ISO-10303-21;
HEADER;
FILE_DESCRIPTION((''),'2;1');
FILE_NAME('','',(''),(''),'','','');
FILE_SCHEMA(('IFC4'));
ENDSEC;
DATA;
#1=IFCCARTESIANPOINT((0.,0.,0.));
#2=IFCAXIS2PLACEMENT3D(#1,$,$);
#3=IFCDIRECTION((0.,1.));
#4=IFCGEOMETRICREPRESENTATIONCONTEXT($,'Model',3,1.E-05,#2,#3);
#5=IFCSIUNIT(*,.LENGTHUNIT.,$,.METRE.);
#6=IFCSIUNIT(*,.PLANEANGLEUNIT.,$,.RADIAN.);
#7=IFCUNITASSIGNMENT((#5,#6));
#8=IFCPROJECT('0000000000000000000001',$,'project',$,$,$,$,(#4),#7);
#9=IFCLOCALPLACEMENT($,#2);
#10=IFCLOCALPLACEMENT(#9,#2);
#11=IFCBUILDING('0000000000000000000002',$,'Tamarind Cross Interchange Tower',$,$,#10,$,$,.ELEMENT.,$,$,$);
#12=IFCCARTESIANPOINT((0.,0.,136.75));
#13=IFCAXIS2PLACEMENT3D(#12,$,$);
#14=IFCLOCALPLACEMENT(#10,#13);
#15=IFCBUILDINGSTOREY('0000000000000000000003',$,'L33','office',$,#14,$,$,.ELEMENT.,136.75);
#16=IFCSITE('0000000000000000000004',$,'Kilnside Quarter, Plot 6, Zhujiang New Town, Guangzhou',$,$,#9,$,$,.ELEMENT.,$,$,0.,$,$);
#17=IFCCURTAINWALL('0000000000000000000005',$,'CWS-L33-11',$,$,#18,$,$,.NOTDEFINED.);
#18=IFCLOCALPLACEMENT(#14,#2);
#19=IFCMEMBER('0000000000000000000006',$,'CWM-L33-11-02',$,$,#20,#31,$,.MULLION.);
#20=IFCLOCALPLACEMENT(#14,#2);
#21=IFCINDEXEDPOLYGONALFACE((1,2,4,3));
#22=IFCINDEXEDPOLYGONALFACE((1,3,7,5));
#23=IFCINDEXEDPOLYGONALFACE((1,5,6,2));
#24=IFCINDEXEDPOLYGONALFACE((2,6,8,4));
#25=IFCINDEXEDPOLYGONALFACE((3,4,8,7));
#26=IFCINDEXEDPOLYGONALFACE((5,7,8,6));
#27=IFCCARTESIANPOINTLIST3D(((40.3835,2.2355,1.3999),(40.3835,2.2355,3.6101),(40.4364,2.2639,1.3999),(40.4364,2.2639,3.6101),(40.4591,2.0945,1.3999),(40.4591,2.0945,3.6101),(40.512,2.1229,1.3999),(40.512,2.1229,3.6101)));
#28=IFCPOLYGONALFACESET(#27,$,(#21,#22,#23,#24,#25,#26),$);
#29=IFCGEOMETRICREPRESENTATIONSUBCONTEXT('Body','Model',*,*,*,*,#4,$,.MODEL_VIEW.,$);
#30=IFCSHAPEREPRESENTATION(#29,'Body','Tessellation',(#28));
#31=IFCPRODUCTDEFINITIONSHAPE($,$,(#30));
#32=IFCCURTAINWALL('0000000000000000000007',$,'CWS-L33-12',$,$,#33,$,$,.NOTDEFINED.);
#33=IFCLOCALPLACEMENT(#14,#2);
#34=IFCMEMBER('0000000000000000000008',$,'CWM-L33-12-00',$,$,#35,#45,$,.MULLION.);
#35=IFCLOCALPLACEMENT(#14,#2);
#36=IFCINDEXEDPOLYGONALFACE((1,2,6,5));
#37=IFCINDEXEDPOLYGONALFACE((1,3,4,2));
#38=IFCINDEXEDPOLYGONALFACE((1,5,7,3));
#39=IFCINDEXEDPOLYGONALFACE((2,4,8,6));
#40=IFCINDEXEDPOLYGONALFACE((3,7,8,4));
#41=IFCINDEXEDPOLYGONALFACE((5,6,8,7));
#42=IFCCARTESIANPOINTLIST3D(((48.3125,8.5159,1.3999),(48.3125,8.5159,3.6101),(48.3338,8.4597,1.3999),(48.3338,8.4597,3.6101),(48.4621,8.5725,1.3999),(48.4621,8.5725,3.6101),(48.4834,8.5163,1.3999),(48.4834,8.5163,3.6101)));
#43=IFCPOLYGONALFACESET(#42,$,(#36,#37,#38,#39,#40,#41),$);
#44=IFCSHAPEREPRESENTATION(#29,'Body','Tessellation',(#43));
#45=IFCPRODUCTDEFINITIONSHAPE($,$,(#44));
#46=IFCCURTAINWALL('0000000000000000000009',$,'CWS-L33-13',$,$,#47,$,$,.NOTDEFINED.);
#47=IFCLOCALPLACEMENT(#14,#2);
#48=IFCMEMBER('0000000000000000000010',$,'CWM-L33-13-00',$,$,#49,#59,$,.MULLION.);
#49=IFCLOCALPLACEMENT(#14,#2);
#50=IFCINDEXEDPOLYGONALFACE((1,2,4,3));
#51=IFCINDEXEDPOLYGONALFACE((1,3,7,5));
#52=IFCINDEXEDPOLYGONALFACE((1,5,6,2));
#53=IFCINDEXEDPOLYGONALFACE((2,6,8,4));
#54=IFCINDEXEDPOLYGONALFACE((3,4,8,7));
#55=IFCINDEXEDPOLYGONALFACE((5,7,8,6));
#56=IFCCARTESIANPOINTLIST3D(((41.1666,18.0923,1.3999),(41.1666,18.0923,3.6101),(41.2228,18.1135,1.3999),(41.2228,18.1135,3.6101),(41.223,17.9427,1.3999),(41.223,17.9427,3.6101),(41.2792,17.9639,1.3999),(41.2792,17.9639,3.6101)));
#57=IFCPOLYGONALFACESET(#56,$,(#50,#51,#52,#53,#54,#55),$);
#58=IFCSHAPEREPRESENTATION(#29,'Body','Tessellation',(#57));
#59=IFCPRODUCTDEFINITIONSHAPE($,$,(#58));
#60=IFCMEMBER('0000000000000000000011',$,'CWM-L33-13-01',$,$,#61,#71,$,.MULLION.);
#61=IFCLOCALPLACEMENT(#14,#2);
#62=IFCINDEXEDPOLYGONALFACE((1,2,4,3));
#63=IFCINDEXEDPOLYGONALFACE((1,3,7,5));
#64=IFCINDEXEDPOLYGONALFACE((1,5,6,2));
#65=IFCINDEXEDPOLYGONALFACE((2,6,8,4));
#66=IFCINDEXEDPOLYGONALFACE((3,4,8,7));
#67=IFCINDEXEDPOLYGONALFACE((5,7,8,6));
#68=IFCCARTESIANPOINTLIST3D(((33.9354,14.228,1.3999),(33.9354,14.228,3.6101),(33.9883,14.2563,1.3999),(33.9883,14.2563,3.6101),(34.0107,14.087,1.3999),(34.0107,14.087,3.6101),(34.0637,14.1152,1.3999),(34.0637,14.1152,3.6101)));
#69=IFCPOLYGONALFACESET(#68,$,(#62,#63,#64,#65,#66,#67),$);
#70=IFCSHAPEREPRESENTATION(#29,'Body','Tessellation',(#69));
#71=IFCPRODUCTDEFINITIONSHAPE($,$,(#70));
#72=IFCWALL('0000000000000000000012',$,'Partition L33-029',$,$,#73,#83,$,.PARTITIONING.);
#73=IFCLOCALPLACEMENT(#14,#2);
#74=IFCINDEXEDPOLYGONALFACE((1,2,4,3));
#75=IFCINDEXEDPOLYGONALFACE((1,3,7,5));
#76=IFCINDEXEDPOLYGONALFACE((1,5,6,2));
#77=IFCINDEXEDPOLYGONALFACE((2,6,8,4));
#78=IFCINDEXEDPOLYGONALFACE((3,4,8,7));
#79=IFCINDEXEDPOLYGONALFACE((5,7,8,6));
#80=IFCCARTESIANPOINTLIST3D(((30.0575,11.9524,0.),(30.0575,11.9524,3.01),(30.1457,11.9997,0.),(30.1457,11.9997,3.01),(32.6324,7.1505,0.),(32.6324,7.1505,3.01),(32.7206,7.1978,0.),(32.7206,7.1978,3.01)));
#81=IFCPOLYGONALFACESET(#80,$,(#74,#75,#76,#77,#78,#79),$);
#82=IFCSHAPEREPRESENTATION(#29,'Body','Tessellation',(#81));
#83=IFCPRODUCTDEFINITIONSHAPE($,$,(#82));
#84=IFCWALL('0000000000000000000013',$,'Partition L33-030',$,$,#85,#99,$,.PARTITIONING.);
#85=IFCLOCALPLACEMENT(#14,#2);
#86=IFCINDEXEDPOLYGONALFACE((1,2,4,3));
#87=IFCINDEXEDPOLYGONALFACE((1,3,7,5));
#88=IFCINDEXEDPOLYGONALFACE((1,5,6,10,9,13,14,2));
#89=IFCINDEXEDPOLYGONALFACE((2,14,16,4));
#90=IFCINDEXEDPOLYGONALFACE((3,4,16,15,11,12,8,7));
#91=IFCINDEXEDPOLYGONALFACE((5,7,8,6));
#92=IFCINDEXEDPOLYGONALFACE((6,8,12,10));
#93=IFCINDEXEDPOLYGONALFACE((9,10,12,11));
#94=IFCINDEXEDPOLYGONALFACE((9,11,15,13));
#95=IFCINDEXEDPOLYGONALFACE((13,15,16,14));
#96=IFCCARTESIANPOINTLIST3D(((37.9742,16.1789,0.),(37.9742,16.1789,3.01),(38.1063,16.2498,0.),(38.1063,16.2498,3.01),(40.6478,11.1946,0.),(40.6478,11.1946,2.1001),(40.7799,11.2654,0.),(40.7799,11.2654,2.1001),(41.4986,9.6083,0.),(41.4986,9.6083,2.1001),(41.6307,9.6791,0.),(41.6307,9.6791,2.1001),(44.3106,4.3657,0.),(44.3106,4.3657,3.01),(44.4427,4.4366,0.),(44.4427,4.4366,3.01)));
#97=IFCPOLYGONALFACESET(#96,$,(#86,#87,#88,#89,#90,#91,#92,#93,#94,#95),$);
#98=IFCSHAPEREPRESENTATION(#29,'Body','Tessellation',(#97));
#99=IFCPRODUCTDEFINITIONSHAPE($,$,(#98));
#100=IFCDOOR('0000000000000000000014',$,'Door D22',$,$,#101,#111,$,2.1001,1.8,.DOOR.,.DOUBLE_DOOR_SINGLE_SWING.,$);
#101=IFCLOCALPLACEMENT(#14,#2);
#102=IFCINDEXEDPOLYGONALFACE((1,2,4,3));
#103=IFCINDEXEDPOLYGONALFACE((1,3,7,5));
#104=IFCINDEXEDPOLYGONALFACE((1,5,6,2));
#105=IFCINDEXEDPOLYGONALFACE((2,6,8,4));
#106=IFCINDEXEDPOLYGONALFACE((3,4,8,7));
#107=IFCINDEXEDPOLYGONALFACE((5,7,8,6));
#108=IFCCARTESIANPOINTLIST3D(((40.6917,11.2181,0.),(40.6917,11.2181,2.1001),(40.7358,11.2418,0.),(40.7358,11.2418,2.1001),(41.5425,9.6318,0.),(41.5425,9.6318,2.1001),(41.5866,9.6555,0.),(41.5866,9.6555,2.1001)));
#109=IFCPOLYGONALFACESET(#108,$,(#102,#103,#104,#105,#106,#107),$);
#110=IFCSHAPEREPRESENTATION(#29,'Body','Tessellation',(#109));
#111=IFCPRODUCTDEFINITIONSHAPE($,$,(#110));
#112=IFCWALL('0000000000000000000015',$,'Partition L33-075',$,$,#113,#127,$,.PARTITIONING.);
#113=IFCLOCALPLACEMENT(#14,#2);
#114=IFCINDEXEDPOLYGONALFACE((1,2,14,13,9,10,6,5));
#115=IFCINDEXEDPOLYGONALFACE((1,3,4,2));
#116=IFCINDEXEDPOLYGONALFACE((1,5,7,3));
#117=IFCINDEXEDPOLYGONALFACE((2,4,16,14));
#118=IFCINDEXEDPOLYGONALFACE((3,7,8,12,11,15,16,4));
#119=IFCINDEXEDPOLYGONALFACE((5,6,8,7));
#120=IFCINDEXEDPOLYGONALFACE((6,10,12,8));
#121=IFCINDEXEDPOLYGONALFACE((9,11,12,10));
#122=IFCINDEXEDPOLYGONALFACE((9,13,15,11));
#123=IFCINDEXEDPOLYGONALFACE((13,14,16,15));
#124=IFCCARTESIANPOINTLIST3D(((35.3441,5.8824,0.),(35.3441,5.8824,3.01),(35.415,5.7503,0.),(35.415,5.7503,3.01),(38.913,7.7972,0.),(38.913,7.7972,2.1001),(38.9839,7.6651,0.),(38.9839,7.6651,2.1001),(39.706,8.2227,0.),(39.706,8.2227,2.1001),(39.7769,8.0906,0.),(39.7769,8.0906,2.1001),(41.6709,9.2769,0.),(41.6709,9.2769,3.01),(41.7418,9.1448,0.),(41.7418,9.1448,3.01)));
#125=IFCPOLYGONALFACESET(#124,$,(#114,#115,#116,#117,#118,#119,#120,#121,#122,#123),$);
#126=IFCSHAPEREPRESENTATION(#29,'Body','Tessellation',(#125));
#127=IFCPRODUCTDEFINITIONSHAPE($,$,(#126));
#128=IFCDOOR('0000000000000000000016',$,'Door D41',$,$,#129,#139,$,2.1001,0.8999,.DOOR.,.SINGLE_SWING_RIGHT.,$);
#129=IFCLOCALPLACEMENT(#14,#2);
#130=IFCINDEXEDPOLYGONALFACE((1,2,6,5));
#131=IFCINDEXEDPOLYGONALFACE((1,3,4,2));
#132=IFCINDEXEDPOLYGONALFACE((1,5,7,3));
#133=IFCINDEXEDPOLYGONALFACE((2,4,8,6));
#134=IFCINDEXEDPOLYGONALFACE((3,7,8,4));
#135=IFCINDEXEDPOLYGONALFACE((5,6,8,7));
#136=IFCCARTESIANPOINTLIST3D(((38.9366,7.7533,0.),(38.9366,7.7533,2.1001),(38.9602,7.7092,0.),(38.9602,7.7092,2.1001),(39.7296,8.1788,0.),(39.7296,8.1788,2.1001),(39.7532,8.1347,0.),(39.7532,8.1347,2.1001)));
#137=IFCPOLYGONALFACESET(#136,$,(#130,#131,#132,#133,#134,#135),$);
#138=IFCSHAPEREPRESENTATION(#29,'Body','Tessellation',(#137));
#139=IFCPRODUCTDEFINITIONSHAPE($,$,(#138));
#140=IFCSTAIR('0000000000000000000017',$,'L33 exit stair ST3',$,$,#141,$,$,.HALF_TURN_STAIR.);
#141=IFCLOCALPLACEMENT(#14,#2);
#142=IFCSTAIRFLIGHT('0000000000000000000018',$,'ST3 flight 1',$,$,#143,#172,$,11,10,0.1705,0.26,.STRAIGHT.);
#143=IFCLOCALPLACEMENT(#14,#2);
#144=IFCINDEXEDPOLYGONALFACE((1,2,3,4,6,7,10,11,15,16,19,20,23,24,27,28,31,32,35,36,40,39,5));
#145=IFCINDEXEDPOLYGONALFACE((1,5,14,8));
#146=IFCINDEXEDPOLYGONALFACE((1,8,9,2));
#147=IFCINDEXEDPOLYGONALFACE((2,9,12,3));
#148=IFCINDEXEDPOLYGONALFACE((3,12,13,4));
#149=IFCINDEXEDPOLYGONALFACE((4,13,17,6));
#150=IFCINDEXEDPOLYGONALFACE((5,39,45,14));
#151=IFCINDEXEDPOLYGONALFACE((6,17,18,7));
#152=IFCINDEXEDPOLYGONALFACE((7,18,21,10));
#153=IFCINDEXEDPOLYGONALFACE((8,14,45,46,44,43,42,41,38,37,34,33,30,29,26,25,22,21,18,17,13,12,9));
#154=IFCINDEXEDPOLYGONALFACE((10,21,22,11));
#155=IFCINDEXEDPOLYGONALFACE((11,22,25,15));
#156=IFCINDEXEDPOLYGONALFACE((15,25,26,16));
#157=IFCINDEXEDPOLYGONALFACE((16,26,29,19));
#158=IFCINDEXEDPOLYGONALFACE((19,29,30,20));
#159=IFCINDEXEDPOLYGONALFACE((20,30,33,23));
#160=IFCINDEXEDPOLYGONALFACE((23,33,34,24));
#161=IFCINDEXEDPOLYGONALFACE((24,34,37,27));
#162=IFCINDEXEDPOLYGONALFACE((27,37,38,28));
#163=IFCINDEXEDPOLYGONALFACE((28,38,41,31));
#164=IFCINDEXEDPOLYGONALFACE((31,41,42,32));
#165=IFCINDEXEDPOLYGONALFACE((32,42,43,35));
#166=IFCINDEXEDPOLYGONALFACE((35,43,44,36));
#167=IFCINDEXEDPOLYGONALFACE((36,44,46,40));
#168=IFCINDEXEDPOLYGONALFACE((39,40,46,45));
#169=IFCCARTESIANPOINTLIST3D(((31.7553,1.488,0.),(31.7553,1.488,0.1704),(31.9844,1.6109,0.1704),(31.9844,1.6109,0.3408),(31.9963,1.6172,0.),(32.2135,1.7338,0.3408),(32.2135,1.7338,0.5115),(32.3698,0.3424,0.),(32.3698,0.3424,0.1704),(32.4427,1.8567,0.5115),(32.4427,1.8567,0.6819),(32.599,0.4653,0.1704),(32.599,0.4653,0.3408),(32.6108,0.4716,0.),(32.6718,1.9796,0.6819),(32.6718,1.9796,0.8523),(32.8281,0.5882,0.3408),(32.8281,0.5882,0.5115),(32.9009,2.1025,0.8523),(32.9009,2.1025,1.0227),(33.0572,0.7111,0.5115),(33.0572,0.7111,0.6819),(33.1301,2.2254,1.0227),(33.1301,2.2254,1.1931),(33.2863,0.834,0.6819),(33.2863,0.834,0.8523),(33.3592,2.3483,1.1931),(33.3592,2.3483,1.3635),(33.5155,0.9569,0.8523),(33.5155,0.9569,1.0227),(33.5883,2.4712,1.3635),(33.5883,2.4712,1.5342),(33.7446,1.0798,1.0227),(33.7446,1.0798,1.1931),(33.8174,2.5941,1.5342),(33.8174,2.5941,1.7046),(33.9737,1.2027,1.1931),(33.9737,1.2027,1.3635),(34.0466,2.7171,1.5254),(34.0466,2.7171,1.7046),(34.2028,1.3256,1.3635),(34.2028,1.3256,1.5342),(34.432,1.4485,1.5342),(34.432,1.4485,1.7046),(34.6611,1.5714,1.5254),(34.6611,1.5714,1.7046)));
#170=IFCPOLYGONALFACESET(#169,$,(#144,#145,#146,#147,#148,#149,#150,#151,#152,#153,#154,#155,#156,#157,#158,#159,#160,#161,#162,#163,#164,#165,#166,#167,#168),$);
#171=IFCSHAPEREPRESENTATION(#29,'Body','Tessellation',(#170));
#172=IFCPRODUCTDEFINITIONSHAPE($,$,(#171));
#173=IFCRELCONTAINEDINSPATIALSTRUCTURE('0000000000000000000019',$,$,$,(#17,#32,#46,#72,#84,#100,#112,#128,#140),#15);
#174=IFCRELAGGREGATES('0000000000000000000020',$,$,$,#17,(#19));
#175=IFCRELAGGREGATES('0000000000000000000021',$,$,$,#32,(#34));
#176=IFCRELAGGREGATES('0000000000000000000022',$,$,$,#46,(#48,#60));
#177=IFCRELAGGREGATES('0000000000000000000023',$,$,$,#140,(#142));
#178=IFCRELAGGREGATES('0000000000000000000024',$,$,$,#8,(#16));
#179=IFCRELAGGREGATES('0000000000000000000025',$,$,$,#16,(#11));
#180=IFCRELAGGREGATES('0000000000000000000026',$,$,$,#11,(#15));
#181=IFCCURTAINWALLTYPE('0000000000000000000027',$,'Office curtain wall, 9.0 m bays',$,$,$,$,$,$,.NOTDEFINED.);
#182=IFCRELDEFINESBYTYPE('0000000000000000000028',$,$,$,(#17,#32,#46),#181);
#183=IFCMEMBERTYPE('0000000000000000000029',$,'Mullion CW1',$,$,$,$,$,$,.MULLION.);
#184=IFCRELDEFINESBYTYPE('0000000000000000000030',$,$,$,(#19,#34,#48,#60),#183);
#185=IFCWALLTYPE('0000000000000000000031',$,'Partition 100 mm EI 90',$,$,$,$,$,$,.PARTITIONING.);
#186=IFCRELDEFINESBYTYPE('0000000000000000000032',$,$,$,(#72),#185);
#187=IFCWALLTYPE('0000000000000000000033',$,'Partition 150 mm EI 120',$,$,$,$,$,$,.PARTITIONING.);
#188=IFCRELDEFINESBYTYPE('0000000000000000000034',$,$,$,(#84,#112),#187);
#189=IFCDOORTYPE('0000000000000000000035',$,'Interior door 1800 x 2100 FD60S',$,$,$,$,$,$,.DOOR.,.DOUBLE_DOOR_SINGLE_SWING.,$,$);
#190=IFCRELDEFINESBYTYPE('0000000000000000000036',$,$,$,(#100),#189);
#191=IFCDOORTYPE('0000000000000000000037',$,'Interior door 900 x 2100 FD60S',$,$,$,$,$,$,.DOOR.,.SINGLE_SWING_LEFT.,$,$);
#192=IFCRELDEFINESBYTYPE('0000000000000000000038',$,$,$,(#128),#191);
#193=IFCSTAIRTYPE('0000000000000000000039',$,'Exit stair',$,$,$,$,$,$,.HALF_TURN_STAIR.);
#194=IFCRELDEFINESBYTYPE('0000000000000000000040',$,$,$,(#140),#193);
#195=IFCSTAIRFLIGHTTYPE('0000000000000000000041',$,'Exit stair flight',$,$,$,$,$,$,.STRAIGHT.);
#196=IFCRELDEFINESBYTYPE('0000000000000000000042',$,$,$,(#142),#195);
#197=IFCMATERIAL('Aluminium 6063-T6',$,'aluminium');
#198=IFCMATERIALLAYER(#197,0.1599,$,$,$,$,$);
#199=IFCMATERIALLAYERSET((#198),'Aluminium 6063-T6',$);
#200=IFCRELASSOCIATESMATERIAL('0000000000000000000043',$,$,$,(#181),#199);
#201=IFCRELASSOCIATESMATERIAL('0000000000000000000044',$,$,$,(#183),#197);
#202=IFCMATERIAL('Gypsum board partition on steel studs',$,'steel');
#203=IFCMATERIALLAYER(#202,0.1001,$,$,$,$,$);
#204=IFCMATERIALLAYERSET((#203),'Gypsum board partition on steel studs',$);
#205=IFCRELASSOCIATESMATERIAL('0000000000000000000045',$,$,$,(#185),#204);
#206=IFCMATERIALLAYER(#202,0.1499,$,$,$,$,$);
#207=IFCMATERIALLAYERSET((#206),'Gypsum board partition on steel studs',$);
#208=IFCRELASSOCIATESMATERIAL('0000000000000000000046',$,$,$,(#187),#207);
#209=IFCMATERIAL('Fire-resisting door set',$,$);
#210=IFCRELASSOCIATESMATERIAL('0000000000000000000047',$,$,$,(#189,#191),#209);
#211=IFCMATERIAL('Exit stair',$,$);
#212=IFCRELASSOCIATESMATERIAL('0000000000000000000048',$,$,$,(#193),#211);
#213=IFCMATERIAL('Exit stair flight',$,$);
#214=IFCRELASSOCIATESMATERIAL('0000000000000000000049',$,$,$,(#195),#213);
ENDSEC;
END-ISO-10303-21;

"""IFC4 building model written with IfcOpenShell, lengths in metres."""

from ifc_helpers import new_model, si_unit, direction, frame, frame_2d, origin, origin_2d, place, context, subcontext, project, spatial, polyline, rectangle, outline, extrude, material, layer, layer_set, material_profile, profile_set, type_object, element, fill, aggregate, save


model = new_model("IFC4")

# Units and contexts
model_context = context("Model", 3, precision=1e-05, world=origin(), true_north=direction((0.0, 1.0)))
body_context = subcontext(model_context, "Body", "Model", "MODEL_VIEW")
ifc_project = project(units=[si_unit("LENGTHUNIT", "METRE"), si_unit("PLANEANGLEUNIT", "RADIAN")], contexts=[model_context])

# Site, building, storey
site_placement = place(None, origin())
site = spatial("IfcSite", under=ifc_project, at=site_placement, Name="Kilnside Quarter, Plot 6, Zhujiang New Town, Guangzhou", CompositionType="ELEMENT", RefElevation=0.0)
building_placement = place(site_placement, origin())
building = spatial("IfcBuilding", under=site, at=building_placement, Name="Tamarind Cross Interchange Tower", CompositionType="ELEMENT")
storey_placement = place(building_placement, frame((0.0, 0.0, 136.75)))
storey = spatial("IfcBuildingStorey", under=building, at=storey_placement, Name="L33", Description="office", CompositionType="ELEMENT", Elevation=136.75)

# Curtain walls, members
ifc_material_1 = material(Name="Aluminium 6063-T6", Category="aluminium")
ifc_layer_1 = layer(ifc_material_1, 0.1599)
ifc_layer_set_1 = layer_set([ifc_layer_1], Name="Aluminium 6063-T6")
curtain_wall_type = type_object("IfcCurtainWallType", Name="Office curtain wall, 9.0 m bays", PredefinedType="NOTDEFINED", material=ifc_layer_set_1)
curtain_wall_1_placement = place(storey_placement, origin())
curtain_wall_1 = element("IfcCurtainWall", 1, at=curtain_wall_1_placement, inside=storey, type_object=curtain_wall_type, Name="CWS-L33-11", PredefinedType="NOTDEFINED")
ifc_material_profile_1 = material_profile(ifc_material_1, rectangle(XDim=0.0601, YDim=0.1599, at=origin_2d()), Name="Mullion CW1")
ifc_profile_set_1 = profile_set([ifc_material_profile_1], Name="Aluminium 6063-T6")
member_type = type_object("IfcMemberType", Name="Mullion CW1", PredefinedType="MULLION", material=ifc_profile_set_1)
member_1_placement = place(storey_placement, frame((40.4478, 2.1792, 1.3999), z_axis=(0.0, 0.0, 1.0), x_axis=(0.881224, 0.472698, 0.0)))
member_1 = element("IfcMember", 2, at=member_1_placement, type_object=member_type, Name="CWM-L33-11-02", PredefinedType="MULLION", context=body_context, shape_type="SweptSolid", body=[
    extrude(rectangle(XDim=0.0601, YDim=0.1599, at=origin_2d()), origin(), (0.0, 0.0, 1.0), 2.2102),
])
aggregate(curtain_wall_1, [member_1])
curtain_wall_2_placement = place(storey_placement, origin())
curtain_wall_2 = element("IfcCurtainWall", 3, at=curtain_wall_2_placement, inside=storey, type_object=curtain_wall_type, Name="CWS-L33-12", PredefinedType="NOTDEFINED")
member_2_placement = place(storey_placement, frame((48.3979, 8.5161, 1.3999), z_axis=(0.0, 0.0, 1.0), x_axis=(-0.353632, 0.935385, 0.0)))
member_2 = element("IfcMember", 4, at=member_2_placement, type_object=member_type, Name="CWM-L33-12-00", PredefinedType="MULLION", context=body_context, shape_type="SweptSolid", body=[
    extrude(rectangle(XDim=0.0601, YDim=0.1599, at=origin_2d()), origin(), (0.0, 0.0, 1.0), 2.2102),
])
aggregate(curtain_wall_2, [member_2])

# Curtain wall, members
curtain_wall_3_placement = place(storey_placement, origin())
curtain_wall_3 = element("IfcCurtainWall", 5, at=curtain_wall_3_placement, inside=storey, type_object=curtain_wall_type, Name="CWS-L33-13", PredefinedType="NOTDEFINED")
member_3_placement = place(storey_placement, frame((41.2229, 18.0281, 1.3999), z_axis=(0.0, 0.0, 1.0), x_axis=(-0.935733, -0.352709, 0.0)))
member_3 = element("IfcMember", 6, at=member_3_placement, type_object=member_type, Name="CWM-L33-13-00", PredefinedType="MULLION", context=body_context, shape_type="SweptSolid", body=[
    extrude(rectangle(XDim=0.0601, YDim=0.1599, at=origin_2d()), origin(), (0.0, 0.0, 1.0), 2.2102),
])
member_4_placement = place(storey_placement, frame((33.9995, 14.1716, 1.3999), z_axis=(0.0, 0.0, 1.0), x_axis=(-0.882155, -0.470959, 0.0)))
member_4 = element("IfcMember", 7, at=member_4_placement, type_object=member_type, Name="CWM-L33-13-01", PredefinedType="MULLION", context=body_context, shape_type="SweptSolid", body=[
    extrude(rectangle(XDim=0.0601, YDim=0.1599, at=origin_2d()), origin(), (0.0, 0.0, 1.0), 2.2102),
])
aggregate(curtain_wall_3, [member_3, member_4])

# Wall
ifc_material_2 = material(Name="Gypsum board partition on steel studs", Category="steel")
ifc_layer_2 = layer(ifc_material_2, 0.1001)
ifc_layer_set_2 = layer_set([ifc_layer_2], Name="Gypsum board partition on steel studs")
wall_type_1 = type_object("IfcWallType", Name="Partition 100 mm EI 90", PredefinedType="PARTITIONING", material=ifc_layer_set_2)
wall_1_placement = place(storey_placement, frame((30.1016, 11.9761, 0.0), z_axis=(0.0, 0.0, 1.0), x_axis=(0.472571, -0.881293, 0.0)))
element("IfcWall", 8, at=wall_1_placement, inside=storey, type_object=wall_type_1, Name="Partition L33-029", PredefinedType="PARTITIONING", context=body_context, shape_type="SweptSolid", body=[
    extrude(rectangle(XDim=5.4487, YDim=0.1001, at=frame_2d((2.7244, 0.0))), origin(), (0.0, 0.0, 1.0), 3.01),
])

# Walls, openings, doors
ifc_layer_3 = layer(ifc_material_2, 0.1499)
ifc_layer_set_3 = layer_set([ifc_layer_3], Name="Gypsum board partition on steel studs")
wall_type_2 = type_object("IfcWallType", Name="Partition 150 mm EI 120", PredefinedType="PARTITIONING", material=ifc_layer_set_3)
wall_2_placement = place(storey_placement, frame((38.0403, 16.2144, 0.0), z_axis=(0.0, 0.0, 1.0), x_axis=(0.47268, -0.881234, 0.0)))
wall_2 = element("IfcWall", 9, at=wall_2_placement, inside=storey, type_object=wall_type_2, Name="Partition L33-030", PredefinedType="PARTITIONING", context=body_context, shape_type="SweptSolid", body=[
    extrude(rectangle(XDim=13.4053, YDim=0.1499, at=frame_2d((6.7026, 0.0))), origin(), (0.0, 0.0, 1.0), 3.01),
])
opening_1_placement = place(wall_2_placement, frame((5.6562, 0.0, 0.0)))
opening_1 = element("IfcOpeningElement", 10, at=opening_1_placement, cuts=wall_2, PredefinedType="OPENING", context=body_context, shape_type="SweptSolid", body=[
    extrude(rectangle(XDim=1.8, YDim=2.1001, at=frame_2d((0.8999, 1.05))), frame((0.0, 0.085, 0.0), z_axis=(0.0, -1.0, 0.0), x_axis=(1.0, 0.0, 0.0)), (0.0, 0.0, 1.0), 0.1699),
])
ifc_material_3 = material(Name="Fire-resisting door set")
door_type_1 = type_object("IfcDoorType", Name="Interior door 1800 x 2100 FD60S", OperationType="DOUBLE_DOOR_SINGLE_SWING", PredefinedType="DOOR", material=ifc_material_3)
door_1_placement = place(opening_1_placement, origin())
door_1 = element("IfcDoor", 11, at=door_1_placement, inside=storey, type_object=door_type_1, Name="Door D22", OperationType="DOUBLE_DOOR_SINGLE_SWING", OverallHeight=2.1001, OverallWidth=1.8, PredefinedType="DOOR", context=body_context, shape_type="SweptSolid", body=[
    extrude(rectangle(XDim=1.8, YDim=2.1001, at=frame_2d((0.8999, 1.05))), frame((0.0, 0.0249, 0.0), z_axis=(0.0, -1.0, 0.0), x_axis=(1.0, 0.0, 0.0)), (0.0, 0.0, 1.0), 0.05),
])
fill(opening_1, door_1)
wall_3_placement = place(storey_placement, frame((35.3796, 5.8164, 0.0), z_axis=(0.0, 0.0, 1.0), x_axis=(0.881183, 0.472775, 0.0)))
wall_3 = element("IfcWall", 12, at=wall_3_placement, inside=storey, type_object=wall_type_2, Name="Partition L33-075", PredefinedType="PARTITIONING", context=body_context, shape_type="SweptSolid", body=[
    extrude(rectangle(XDim=7.1799, YDim=0.1499, at=frame_2d((3.5898, 0.0))), origin(), (0.0, 0.0, 1.0), 3.01),
])
opening_2_placement = place(wall_3_placement, frame((4.05, 0.0, 0.0)))
opening_2 = element("IfcOpeningElement", 13, at=opening_2_placement, cuts=wall_3, PredefinedType="OPENING", context=body_context, shape_type="SweptSolid", body=[
    extrude(rectangle(XDim=0.8999, YDim=2.1001, at=frame_2d((0.45, 1.05))), frame((0.0, 0.085, 0.0), z_axis=(0.0, -1.0, 0.0), x_axis=(1.0, 0.0, 0.0)), (0.0, 0.0, 1.0), 0.1699),
])
door_type_2 = type_object("IfcDoorType", Name="Interior door 900 x 2100 FD60S", OperationType="SINGLE_SWING_LEFT", PredefinedType="DOOR", material=ifc_material_3)
door_2_placement = place(opening_2_placement, frame((0.8999, 0.0, 0.0), z_axis=(0.0, 0.0, 1.0), x_axis=(-1.0, 0.0, 0.0)))
door_2 = element("IfcDoor", 14, at=door_2_placement, inside=storey, type_object=door_type_2, Name="Door D41", OperationType="SINGLE_SWING_RIGHT", OverallHeight=2.1001, OverallWidth=0.8999, PredefinedType="DOOR", context=body_context, shape_type="SweptSolid", body=[
    extrude(rectangle(XDim=0.8999, YDim=2.1001, at=frame_2d((0.45, 1.05))), frame((0.0, 0.0249, 0.0), z_axis=(0.0, -1.0, 0.0), x_axis=(1.0, 0.0, 0.0)), (0.0, 0.0, 1.0), 0.05),
])
fill(opening_2, door_2)

# Stair, stair flight
ifc_material_4 = material(Name="Exit stair")
stair_type = type_object("IfcStairType", Name="Exit stair", PredefinedType="HALF_TURN_STAIR", material=ifc_material_4)
stair_placement = place(storey_placement, origin())
stair = element("IfcStair", 15, at=stair_placement, inside=storey, type_object=stair_type, Name="L33 exit stair ST3", PredefinedType="HALF_TURN_STAIR")
ifc_material_5 = material(Name="Exit stair flight")
stair_flight_type = type_object("IfcStairFlightType", Name="Exit stair flight", PredefinedType="STRAIGHT", material=ifc_material_5)
stair_flight_1_placement = place(storey_placement, frame((32.0625, 0.9153, 0.0), z_axis=(0.0, 0.0, 1.0), x_axis=(0.881224, 0.472698, 0.0)))
stair_flight_1 = element("IfcStairFlight", 16, at=stair_flight_1_placement, type_object=stair_flight_type, Name="ST3 flight 1", NumberOfRisers=11, NumberOfTreads=10, PredefinedType="STRAIGHT", RiserHeight=0.1705, TreadLength=0.26, context=body_context, shape_type="SweptSolid", body=[
    extrude(outline(polyline([(0.0, 0.0), (0.0, 0.1704), (0.26, 0.1704), (0.26, 0.3408), (0.52, 0.3408), (0.52, 0.5115), (0.78, 0.5115), (0.78, 0.6819), (1.04, 0.6819), (1.04, 0.8523), (1.3, 0.8523), (1.3, 1.0227), (1.5601, 1.0227), (1.5601, 1.1931), (1.8201, 1.1931), (1.8201, 1.3635), (2.0801, 1.3635), (2.0801, 1.5342), (2.3401, 1.5342), (2.3401, 1.7046), (2.6001, 1.7046), (2.6001, 1.875), (2.6001, 1.5254), (0.2734, 0.0), (0.0, 0.0)])), frame((0.0, 0.6499, 0.0), z_axis=(0.0, -1.0, 0.0), x_axis=(1.0, 0.0, 0.0)), (0.0, 0.0, 1.0), 1.3),
])
aggregate(stair, [stair_flight_1])

save(model, "model.ifc")
